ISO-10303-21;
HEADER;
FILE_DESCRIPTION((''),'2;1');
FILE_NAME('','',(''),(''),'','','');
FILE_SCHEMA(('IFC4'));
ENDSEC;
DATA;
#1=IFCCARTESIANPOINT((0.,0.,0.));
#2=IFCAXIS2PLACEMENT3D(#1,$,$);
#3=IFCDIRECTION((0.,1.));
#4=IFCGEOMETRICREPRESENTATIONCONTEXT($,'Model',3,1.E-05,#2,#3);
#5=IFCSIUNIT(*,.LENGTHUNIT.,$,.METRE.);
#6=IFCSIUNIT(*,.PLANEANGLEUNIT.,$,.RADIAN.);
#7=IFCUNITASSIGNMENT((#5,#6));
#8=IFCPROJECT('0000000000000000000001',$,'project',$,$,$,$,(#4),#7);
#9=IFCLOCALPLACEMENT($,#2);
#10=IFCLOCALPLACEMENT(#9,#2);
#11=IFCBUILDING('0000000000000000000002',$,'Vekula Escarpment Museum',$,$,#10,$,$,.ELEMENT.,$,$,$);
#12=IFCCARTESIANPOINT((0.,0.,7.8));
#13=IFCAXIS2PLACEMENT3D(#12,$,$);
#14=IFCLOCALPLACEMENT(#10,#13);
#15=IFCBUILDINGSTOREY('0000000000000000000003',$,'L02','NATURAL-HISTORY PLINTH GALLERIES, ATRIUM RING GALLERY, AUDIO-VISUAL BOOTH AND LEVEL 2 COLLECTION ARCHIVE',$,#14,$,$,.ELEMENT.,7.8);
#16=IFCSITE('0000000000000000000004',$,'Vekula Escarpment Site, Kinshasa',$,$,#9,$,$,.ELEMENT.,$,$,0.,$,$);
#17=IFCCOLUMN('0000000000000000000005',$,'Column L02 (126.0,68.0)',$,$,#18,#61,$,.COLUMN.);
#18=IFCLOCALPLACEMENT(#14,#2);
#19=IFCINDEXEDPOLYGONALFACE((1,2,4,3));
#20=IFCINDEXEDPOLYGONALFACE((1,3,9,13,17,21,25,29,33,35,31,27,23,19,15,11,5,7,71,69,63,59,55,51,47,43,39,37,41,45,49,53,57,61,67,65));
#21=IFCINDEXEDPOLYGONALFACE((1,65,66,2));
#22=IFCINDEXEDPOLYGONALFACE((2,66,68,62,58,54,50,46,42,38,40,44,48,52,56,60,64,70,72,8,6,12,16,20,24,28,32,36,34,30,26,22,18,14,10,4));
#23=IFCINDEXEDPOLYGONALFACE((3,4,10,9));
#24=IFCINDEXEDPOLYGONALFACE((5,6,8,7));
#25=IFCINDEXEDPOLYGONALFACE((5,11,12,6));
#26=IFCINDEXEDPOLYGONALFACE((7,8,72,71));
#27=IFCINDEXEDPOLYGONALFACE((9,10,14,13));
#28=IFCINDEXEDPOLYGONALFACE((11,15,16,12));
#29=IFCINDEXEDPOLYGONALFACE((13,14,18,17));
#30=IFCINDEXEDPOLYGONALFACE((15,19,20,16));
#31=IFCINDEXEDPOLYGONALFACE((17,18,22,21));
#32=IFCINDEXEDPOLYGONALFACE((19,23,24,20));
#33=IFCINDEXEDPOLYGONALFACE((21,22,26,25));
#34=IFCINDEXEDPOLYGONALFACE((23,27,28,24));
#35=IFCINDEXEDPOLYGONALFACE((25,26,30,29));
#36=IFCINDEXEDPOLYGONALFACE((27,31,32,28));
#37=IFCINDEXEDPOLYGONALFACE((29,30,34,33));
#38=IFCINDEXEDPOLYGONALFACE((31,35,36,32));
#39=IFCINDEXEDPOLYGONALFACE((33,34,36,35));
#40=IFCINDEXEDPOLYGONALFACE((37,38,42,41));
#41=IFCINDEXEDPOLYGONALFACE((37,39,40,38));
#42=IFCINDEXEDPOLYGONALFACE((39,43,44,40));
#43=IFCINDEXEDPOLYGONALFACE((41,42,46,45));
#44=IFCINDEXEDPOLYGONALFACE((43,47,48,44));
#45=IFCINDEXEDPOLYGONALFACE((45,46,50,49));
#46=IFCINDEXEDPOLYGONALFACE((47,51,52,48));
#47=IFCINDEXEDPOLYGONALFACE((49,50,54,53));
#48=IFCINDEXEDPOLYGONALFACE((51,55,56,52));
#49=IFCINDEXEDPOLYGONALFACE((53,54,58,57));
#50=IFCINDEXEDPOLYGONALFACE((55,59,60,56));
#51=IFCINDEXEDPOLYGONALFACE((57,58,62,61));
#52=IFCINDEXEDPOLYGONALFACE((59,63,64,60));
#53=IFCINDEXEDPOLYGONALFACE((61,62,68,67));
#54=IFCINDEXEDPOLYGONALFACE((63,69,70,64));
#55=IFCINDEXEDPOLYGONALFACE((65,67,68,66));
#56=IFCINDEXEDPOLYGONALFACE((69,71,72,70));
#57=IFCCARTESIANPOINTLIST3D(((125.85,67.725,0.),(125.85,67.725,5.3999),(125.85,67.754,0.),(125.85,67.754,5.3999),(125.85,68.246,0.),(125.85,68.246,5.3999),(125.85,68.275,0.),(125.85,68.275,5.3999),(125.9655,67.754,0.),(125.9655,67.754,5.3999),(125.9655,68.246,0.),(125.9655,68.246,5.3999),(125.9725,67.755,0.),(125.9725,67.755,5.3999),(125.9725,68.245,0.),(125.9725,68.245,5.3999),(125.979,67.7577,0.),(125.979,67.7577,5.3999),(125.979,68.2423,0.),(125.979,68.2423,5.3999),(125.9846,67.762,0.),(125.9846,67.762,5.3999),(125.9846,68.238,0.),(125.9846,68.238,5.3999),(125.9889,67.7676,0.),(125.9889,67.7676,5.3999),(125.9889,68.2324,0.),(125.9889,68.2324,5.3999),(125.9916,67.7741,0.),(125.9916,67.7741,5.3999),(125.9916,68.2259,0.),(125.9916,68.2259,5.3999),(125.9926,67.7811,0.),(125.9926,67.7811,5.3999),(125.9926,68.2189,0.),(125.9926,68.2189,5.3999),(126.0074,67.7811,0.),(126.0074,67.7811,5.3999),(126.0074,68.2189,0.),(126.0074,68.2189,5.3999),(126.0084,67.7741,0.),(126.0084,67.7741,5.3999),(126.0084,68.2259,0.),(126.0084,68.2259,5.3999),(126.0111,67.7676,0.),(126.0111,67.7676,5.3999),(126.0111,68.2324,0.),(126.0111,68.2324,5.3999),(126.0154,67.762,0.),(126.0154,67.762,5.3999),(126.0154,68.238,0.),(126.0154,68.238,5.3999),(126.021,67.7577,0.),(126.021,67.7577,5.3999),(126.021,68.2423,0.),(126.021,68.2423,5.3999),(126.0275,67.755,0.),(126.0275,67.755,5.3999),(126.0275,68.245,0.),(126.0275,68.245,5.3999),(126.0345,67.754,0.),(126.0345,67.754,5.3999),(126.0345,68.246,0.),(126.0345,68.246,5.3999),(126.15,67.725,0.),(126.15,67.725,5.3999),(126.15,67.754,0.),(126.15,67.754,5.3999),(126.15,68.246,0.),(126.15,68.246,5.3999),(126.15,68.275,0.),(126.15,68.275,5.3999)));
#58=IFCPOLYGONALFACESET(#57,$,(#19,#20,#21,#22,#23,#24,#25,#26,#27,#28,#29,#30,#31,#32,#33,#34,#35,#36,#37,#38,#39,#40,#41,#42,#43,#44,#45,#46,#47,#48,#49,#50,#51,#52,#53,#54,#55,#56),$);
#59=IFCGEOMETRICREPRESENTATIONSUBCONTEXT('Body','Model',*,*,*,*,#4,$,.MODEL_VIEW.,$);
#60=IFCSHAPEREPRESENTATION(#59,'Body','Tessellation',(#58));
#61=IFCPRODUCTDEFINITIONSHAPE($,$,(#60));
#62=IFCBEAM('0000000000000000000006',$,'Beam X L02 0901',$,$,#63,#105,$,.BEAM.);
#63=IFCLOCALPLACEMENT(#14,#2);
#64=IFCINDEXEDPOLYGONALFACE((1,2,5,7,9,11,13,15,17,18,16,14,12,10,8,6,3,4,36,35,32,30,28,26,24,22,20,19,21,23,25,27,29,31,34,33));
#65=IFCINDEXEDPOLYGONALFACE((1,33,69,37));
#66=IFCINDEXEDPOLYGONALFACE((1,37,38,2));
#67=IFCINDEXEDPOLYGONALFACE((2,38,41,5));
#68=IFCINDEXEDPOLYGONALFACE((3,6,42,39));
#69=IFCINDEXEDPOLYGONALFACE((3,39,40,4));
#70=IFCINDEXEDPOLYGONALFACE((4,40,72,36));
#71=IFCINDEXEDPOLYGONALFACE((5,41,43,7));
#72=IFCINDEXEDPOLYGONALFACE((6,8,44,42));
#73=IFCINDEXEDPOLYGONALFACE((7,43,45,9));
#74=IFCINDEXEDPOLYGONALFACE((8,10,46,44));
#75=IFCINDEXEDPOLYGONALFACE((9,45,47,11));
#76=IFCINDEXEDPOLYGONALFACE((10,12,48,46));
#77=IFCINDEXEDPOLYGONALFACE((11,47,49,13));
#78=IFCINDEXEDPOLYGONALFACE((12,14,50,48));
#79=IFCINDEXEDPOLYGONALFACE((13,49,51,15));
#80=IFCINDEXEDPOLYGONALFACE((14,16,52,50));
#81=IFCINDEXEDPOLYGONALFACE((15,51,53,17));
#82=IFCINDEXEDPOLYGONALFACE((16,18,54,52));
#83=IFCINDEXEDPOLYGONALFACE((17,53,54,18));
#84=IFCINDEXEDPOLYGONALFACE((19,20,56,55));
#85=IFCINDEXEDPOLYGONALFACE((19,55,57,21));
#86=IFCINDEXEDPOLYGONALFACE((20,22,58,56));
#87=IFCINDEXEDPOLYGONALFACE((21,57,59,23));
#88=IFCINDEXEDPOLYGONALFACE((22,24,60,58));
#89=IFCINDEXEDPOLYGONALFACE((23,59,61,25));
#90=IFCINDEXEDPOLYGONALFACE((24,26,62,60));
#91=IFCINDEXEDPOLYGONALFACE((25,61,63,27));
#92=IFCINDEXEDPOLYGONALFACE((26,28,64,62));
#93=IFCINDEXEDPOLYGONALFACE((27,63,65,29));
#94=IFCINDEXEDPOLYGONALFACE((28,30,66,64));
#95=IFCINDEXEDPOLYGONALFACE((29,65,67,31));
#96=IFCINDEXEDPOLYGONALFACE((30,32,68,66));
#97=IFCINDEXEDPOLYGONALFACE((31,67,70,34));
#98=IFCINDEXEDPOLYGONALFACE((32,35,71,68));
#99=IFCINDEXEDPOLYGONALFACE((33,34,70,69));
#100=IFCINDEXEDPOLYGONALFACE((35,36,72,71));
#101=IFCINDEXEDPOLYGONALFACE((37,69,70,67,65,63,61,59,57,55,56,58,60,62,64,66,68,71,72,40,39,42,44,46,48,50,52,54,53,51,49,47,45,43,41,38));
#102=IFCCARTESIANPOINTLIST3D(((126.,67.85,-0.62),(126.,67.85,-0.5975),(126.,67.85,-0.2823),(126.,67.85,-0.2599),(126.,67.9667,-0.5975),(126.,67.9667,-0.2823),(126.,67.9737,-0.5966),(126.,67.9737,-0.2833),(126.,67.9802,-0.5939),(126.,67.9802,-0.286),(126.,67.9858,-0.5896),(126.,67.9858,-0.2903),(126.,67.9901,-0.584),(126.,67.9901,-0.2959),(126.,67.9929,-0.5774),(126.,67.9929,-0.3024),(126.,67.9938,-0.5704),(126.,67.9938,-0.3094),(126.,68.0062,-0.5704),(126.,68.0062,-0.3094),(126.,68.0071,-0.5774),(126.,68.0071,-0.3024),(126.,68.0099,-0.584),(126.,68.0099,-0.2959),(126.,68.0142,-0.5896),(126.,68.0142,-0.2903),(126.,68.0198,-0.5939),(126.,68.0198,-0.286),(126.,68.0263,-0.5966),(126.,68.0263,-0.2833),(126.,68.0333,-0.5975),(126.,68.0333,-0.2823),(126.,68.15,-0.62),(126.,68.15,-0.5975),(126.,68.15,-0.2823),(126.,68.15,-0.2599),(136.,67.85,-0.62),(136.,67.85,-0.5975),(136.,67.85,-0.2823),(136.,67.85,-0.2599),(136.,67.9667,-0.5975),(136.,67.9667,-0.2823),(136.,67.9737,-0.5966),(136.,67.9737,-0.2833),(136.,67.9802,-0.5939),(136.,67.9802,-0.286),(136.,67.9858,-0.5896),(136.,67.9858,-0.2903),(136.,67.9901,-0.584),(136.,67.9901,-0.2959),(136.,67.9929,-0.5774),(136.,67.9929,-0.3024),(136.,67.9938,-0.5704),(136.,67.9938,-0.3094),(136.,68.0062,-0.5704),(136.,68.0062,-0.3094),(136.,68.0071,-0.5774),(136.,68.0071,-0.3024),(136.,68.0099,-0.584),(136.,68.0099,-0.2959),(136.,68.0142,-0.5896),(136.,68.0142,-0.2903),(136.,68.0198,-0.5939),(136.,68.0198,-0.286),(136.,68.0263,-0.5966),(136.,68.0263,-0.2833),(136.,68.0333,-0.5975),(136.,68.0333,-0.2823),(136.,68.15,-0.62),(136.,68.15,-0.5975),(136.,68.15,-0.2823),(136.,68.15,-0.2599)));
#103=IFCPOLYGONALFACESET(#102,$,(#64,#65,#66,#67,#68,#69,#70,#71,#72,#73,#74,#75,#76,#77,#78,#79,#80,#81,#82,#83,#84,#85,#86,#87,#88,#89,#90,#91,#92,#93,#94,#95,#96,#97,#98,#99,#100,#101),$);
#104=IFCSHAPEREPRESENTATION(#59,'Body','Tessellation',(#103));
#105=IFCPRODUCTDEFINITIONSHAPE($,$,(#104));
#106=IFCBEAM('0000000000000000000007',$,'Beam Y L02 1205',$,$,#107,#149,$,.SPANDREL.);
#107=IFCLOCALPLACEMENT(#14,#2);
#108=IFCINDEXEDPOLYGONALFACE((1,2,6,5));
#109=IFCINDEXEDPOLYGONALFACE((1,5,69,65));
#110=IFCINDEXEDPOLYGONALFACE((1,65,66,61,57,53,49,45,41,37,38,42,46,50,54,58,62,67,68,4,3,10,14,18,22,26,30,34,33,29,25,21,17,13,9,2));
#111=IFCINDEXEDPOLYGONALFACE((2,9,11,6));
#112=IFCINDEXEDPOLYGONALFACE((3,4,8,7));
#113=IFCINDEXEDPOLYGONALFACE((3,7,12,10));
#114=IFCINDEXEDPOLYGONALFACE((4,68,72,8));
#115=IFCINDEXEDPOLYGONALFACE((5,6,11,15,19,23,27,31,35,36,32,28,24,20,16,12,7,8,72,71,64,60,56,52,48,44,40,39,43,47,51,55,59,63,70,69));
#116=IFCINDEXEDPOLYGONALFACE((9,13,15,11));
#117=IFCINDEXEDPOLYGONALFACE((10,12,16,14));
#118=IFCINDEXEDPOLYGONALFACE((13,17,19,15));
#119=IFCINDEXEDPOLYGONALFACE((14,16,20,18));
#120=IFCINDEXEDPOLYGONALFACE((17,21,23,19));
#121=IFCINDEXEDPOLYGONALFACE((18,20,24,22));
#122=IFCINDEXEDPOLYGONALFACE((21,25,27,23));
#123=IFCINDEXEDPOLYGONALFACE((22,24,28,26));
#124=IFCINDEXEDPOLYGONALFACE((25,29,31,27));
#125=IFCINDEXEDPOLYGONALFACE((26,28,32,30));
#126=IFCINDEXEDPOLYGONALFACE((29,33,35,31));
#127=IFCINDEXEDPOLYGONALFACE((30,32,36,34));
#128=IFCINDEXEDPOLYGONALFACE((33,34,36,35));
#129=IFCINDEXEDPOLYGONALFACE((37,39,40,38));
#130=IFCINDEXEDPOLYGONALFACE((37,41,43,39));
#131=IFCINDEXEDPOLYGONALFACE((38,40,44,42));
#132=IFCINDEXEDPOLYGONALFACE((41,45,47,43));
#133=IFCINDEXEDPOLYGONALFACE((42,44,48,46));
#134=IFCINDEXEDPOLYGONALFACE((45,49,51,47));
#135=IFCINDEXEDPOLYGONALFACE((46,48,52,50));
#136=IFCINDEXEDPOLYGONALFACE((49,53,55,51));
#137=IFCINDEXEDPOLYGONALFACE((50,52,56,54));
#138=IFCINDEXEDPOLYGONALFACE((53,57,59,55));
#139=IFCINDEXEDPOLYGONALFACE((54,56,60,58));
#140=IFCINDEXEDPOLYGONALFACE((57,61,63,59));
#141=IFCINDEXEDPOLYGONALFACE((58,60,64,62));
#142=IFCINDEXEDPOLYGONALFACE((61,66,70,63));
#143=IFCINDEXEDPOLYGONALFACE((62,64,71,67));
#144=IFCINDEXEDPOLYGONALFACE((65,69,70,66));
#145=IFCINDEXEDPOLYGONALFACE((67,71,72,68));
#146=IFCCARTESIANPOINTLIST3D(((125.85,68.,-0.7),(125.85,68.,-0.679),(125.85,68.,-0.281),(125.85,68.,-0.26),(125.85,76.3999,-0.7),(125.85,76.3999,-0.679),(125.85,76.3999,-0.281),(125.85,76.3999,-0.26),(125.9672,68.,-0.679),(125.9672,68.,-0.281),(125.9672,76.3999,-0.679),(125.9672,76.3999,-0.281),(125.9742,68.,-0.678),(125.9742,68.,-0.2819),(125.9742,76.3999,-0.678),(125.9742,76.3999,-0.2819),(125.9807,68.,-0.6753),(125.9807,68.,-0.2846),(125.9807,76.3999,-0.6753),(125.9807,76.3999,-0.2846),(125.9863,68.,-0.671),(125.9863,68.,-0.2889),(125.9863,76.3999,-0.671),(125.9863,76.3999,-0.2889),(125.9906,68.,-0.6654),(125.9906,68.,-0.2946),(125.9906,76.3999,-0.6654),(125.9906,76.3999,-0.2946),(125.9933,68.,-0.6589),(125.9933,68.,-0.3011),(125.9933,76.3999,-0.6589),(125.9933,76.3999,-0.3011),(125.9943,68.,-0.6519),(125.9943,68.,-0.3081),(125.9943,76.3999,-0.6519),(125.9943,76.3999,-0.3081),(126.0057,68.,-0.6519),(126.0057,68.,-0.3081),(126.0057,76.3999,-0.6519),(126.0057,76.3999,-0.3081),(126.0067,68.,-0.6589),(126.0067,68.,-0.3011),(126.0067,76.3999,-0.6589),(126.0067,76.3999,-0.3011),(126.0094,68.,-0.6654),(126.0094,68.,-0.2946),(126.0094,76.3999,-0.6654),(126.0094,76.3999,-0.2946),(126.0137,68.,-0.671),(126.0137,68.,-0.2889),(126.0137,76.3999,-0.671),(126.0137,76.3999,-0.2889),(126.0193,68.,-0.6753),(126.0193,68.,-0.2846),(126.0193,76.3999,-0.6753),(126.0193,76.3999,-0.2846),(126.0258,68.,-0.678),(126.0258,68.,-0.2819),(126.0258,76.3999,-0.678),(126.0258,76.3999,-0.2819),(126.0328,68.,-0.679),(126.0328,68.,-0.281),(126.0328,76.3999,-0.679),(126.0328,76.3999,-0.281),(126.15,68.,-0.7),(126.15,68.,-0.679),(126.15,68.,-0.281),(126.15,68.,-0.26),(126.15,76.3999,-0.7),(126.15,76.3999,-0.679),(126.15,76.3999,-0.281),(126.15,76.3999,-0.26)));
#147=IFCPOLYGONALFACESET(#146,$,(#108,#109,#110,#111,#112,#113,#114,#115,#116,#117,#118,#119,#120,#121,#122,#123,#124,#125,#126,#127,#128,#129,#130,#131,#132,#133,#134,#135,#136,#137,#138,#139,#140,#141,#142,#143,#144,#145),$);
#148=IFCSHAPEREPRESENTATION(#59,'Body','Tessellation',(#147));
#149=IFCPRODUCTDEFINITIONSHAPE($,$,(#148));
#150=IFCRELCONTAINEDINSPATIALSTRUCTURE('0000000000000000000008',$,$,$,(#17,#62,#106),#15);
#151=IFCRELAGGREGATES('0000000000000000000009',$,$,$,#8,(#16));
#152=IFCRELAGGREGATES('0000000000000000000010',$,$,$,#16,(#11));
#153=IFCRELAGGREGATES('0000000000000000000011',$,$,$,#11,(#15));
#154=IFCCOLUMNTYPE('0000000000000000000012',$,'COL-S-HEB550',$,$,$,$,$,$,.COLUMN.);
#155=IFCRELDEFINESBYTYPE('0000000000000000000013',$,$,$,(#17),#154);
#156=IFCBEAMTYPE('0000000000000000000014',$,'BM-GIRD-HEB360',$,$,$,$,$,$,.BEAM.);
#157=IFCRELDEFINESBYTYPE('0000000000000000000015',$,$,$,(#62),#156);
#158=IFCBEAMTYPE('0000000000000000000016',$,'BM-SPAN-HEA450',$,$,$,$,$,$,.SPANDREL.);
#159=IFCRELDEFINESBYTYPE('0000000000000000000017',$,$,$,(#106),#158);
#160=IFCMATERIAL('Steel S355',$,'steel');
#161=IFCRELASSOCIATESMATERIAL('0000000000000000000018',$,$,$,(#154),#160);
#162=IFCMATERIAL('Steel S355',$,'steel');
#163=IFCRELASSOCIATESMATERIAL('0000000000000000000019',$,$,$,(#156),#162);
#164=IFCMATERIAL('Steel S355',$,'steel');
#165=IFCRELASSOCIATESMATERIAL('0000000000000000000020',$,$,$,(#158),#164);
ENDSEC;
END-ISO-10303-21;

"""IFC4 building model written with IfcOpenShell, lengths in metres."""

from ifc_helpers import new_model, si_unit, direction, frame, origin, origin_2d, place, context, subcontext, project, spatial, i_section, extrude, material, material_profile, profile_set, type_object, element, save


model = new_model("IFC4")

# Units and contexts
model_context = context("Model", 3, precision=1e-05, world=origin(), true_north=direction((0.0, 1.0)))
body_context = subcontext(model_context, "Body", "Model", "MODEL_VIEW")
ifc_project = project(units=[si_unit("LENGTHUNIT", "METRE"), si_unit("PLANEANGLEUNIT", "RADIAN")], contexts=[model_context])

# Site, building, storey
site_placement = place(None, origin())
site = spatial("IfcSite", under=ifc_project, at=site_placement, Name="Vekula Escarpment Site, Kinshasa", CompositionType="ELEMENT", RefElevation=0.0)
building_placement = place(site_placement, origin())
building = spatial("IfcBuilding", under=site, at=building_placement, Name="Vekula Escarpment Museum", CompositionType="ELEMENT")
storey_placement = place(building_placement, frame((0.0, 0.0, 7.8)))
storey = spatial("IfcBuildingStorey", under=building, at=storey_placement, Name="L02", Description="NATURAL-HISTORY PLINTH GALLERIES, ATRIUM RING GALLERY, AUDIO-VISUAL BOOTH AND LEVEL 2 COLLECTION ARCHIVE", CompositionType="ELEMENT", Elevation=7.8)

# Column
ifc_material_1 = material(Name="Steel S355", Category="steel")
ifc_material_profile_1 = material_profile(ifc_material_1, i_section(OverallWidth=0.3, OverallDepth=0.55, WebThickness=0.0149, FlangeThickness=0.0291, FilletRadius=0.0271, at=origin_2d()), Name="HEB 550")
ifc_profile_set_1 = profile_set([ifc_material_profile_1], Name="Steel S355")
column_type = type_object("IfcColumnType", Name="COL-S-HEB550", PredefinedType="COLUMN", material=ifc_profile_set_1)
column_placement = place(storey_placement, frame((126.0, 68.0, 0.0), z_axis=(0.0, 0.0, 1.0), x_axis=(1.0, 0.0, 0.0)))
element("IfcColumn", 1, at=column_placement, inside=storey, type_object=column_type, Name="Column L02 (126.0,68.0)", PredefinedType="COLUMN", context=body_context, shape_type="SweptSolid", body=[
    extrude(i_section(OverallWidth=0.3, OverallDepth=0.55, WebThickness=0.0149, FlangeThickness=0.0291, FilletRadius=0.0271, at=origin_2d()), origin(), (0.0, 0.0, 1.0), 5.3999),
])

# Beams
ifc_material_2 = material(Name="Steel S355", Category="steel")
ifc_material_profile_2 = material_profile(ifc_material_2, i_section(OverallWidth=0.3, OverallDepth=0.3601, WebThickness=0.0125, FlangeThickness=0.0225, FilletRadius=0.0271, at=origin_2d()), Name="HEB 360")
ifc_profile_set_2 = profile_set([ifc_material_profile_2], Name="Steel S355")
beam_type_1 = type_object("IfcBeamType", Name="BM-GIRD-HEB360", PredefinedType="BEAM", material=ifc_profile_set_2)
beam_1_placement = place(storey_placement, frame((126.0, 68.0, -0.4399), z_axis=(1.0, 0.0, 0.0), x_axis=(0.0, 1.0, 0.0)))
element("IfcBeam", 2, at=beam_1_placement, inside=storey, type_object=beam_type_1, Name="Beam X L02 0901", PredefinedType="BEAM", context=body_context, shape_type="SweptSolid", body=[
    extrude(i_section(OverallWidth=0.3, OverallDepth=0.3601, WebThickness=0.0125, FlangeThickness=0.0225, FilletRadius=0.0271, at=origin_2d()), origin(), (0.0, 0.0, 1.0), 10.0),
])
ifc_material_3 = material(Name="Steel S355", Category="steel")
ifc_material_profile_3 = material_profile(ifc_material_3, i_section(OverallWidth=0.3, OverallDepth=0.4399, WebThickness=0.0115, FlangeThickness=0.021, FilletRadius=0.0271, at=origin_2d()), Name="HEA 450")
ifc_profile_set_3 = profile_set([ifc_material_profile_3], Name="Steel S355")
beam_type_2 = type_object("IfcBeamType", Name="BM-SPAN-HEA450", PredefinedType="SPANDREL", material=ifc_profile_set_3)
beam_2_placement = place(storey_placement, frame((126.0, 68.0, -0.48), z_axis=(0.0, 1.0, 0.0), x_axis=(-1.0, 0.0, 0.0)))
element("IfcBeam", 3, at=beam_2_placement, inside=storey, type_object=beam_type_2, Name="Beam Y L02 1205", PredefinedType="SPANDREL", context=body_context, shape_type="SweptSolid", body=[
    extrude(i_section(OverallWidth=0.3, OverallDepth=0.4399, WebThickness=0.0115, FlangeThickness=0.021, FilletRadius=0.0271, at=origin_2d()), origin(), (0.0, 0.0, 1.0), 8.3999),
])

save(model, "model.ifc")
